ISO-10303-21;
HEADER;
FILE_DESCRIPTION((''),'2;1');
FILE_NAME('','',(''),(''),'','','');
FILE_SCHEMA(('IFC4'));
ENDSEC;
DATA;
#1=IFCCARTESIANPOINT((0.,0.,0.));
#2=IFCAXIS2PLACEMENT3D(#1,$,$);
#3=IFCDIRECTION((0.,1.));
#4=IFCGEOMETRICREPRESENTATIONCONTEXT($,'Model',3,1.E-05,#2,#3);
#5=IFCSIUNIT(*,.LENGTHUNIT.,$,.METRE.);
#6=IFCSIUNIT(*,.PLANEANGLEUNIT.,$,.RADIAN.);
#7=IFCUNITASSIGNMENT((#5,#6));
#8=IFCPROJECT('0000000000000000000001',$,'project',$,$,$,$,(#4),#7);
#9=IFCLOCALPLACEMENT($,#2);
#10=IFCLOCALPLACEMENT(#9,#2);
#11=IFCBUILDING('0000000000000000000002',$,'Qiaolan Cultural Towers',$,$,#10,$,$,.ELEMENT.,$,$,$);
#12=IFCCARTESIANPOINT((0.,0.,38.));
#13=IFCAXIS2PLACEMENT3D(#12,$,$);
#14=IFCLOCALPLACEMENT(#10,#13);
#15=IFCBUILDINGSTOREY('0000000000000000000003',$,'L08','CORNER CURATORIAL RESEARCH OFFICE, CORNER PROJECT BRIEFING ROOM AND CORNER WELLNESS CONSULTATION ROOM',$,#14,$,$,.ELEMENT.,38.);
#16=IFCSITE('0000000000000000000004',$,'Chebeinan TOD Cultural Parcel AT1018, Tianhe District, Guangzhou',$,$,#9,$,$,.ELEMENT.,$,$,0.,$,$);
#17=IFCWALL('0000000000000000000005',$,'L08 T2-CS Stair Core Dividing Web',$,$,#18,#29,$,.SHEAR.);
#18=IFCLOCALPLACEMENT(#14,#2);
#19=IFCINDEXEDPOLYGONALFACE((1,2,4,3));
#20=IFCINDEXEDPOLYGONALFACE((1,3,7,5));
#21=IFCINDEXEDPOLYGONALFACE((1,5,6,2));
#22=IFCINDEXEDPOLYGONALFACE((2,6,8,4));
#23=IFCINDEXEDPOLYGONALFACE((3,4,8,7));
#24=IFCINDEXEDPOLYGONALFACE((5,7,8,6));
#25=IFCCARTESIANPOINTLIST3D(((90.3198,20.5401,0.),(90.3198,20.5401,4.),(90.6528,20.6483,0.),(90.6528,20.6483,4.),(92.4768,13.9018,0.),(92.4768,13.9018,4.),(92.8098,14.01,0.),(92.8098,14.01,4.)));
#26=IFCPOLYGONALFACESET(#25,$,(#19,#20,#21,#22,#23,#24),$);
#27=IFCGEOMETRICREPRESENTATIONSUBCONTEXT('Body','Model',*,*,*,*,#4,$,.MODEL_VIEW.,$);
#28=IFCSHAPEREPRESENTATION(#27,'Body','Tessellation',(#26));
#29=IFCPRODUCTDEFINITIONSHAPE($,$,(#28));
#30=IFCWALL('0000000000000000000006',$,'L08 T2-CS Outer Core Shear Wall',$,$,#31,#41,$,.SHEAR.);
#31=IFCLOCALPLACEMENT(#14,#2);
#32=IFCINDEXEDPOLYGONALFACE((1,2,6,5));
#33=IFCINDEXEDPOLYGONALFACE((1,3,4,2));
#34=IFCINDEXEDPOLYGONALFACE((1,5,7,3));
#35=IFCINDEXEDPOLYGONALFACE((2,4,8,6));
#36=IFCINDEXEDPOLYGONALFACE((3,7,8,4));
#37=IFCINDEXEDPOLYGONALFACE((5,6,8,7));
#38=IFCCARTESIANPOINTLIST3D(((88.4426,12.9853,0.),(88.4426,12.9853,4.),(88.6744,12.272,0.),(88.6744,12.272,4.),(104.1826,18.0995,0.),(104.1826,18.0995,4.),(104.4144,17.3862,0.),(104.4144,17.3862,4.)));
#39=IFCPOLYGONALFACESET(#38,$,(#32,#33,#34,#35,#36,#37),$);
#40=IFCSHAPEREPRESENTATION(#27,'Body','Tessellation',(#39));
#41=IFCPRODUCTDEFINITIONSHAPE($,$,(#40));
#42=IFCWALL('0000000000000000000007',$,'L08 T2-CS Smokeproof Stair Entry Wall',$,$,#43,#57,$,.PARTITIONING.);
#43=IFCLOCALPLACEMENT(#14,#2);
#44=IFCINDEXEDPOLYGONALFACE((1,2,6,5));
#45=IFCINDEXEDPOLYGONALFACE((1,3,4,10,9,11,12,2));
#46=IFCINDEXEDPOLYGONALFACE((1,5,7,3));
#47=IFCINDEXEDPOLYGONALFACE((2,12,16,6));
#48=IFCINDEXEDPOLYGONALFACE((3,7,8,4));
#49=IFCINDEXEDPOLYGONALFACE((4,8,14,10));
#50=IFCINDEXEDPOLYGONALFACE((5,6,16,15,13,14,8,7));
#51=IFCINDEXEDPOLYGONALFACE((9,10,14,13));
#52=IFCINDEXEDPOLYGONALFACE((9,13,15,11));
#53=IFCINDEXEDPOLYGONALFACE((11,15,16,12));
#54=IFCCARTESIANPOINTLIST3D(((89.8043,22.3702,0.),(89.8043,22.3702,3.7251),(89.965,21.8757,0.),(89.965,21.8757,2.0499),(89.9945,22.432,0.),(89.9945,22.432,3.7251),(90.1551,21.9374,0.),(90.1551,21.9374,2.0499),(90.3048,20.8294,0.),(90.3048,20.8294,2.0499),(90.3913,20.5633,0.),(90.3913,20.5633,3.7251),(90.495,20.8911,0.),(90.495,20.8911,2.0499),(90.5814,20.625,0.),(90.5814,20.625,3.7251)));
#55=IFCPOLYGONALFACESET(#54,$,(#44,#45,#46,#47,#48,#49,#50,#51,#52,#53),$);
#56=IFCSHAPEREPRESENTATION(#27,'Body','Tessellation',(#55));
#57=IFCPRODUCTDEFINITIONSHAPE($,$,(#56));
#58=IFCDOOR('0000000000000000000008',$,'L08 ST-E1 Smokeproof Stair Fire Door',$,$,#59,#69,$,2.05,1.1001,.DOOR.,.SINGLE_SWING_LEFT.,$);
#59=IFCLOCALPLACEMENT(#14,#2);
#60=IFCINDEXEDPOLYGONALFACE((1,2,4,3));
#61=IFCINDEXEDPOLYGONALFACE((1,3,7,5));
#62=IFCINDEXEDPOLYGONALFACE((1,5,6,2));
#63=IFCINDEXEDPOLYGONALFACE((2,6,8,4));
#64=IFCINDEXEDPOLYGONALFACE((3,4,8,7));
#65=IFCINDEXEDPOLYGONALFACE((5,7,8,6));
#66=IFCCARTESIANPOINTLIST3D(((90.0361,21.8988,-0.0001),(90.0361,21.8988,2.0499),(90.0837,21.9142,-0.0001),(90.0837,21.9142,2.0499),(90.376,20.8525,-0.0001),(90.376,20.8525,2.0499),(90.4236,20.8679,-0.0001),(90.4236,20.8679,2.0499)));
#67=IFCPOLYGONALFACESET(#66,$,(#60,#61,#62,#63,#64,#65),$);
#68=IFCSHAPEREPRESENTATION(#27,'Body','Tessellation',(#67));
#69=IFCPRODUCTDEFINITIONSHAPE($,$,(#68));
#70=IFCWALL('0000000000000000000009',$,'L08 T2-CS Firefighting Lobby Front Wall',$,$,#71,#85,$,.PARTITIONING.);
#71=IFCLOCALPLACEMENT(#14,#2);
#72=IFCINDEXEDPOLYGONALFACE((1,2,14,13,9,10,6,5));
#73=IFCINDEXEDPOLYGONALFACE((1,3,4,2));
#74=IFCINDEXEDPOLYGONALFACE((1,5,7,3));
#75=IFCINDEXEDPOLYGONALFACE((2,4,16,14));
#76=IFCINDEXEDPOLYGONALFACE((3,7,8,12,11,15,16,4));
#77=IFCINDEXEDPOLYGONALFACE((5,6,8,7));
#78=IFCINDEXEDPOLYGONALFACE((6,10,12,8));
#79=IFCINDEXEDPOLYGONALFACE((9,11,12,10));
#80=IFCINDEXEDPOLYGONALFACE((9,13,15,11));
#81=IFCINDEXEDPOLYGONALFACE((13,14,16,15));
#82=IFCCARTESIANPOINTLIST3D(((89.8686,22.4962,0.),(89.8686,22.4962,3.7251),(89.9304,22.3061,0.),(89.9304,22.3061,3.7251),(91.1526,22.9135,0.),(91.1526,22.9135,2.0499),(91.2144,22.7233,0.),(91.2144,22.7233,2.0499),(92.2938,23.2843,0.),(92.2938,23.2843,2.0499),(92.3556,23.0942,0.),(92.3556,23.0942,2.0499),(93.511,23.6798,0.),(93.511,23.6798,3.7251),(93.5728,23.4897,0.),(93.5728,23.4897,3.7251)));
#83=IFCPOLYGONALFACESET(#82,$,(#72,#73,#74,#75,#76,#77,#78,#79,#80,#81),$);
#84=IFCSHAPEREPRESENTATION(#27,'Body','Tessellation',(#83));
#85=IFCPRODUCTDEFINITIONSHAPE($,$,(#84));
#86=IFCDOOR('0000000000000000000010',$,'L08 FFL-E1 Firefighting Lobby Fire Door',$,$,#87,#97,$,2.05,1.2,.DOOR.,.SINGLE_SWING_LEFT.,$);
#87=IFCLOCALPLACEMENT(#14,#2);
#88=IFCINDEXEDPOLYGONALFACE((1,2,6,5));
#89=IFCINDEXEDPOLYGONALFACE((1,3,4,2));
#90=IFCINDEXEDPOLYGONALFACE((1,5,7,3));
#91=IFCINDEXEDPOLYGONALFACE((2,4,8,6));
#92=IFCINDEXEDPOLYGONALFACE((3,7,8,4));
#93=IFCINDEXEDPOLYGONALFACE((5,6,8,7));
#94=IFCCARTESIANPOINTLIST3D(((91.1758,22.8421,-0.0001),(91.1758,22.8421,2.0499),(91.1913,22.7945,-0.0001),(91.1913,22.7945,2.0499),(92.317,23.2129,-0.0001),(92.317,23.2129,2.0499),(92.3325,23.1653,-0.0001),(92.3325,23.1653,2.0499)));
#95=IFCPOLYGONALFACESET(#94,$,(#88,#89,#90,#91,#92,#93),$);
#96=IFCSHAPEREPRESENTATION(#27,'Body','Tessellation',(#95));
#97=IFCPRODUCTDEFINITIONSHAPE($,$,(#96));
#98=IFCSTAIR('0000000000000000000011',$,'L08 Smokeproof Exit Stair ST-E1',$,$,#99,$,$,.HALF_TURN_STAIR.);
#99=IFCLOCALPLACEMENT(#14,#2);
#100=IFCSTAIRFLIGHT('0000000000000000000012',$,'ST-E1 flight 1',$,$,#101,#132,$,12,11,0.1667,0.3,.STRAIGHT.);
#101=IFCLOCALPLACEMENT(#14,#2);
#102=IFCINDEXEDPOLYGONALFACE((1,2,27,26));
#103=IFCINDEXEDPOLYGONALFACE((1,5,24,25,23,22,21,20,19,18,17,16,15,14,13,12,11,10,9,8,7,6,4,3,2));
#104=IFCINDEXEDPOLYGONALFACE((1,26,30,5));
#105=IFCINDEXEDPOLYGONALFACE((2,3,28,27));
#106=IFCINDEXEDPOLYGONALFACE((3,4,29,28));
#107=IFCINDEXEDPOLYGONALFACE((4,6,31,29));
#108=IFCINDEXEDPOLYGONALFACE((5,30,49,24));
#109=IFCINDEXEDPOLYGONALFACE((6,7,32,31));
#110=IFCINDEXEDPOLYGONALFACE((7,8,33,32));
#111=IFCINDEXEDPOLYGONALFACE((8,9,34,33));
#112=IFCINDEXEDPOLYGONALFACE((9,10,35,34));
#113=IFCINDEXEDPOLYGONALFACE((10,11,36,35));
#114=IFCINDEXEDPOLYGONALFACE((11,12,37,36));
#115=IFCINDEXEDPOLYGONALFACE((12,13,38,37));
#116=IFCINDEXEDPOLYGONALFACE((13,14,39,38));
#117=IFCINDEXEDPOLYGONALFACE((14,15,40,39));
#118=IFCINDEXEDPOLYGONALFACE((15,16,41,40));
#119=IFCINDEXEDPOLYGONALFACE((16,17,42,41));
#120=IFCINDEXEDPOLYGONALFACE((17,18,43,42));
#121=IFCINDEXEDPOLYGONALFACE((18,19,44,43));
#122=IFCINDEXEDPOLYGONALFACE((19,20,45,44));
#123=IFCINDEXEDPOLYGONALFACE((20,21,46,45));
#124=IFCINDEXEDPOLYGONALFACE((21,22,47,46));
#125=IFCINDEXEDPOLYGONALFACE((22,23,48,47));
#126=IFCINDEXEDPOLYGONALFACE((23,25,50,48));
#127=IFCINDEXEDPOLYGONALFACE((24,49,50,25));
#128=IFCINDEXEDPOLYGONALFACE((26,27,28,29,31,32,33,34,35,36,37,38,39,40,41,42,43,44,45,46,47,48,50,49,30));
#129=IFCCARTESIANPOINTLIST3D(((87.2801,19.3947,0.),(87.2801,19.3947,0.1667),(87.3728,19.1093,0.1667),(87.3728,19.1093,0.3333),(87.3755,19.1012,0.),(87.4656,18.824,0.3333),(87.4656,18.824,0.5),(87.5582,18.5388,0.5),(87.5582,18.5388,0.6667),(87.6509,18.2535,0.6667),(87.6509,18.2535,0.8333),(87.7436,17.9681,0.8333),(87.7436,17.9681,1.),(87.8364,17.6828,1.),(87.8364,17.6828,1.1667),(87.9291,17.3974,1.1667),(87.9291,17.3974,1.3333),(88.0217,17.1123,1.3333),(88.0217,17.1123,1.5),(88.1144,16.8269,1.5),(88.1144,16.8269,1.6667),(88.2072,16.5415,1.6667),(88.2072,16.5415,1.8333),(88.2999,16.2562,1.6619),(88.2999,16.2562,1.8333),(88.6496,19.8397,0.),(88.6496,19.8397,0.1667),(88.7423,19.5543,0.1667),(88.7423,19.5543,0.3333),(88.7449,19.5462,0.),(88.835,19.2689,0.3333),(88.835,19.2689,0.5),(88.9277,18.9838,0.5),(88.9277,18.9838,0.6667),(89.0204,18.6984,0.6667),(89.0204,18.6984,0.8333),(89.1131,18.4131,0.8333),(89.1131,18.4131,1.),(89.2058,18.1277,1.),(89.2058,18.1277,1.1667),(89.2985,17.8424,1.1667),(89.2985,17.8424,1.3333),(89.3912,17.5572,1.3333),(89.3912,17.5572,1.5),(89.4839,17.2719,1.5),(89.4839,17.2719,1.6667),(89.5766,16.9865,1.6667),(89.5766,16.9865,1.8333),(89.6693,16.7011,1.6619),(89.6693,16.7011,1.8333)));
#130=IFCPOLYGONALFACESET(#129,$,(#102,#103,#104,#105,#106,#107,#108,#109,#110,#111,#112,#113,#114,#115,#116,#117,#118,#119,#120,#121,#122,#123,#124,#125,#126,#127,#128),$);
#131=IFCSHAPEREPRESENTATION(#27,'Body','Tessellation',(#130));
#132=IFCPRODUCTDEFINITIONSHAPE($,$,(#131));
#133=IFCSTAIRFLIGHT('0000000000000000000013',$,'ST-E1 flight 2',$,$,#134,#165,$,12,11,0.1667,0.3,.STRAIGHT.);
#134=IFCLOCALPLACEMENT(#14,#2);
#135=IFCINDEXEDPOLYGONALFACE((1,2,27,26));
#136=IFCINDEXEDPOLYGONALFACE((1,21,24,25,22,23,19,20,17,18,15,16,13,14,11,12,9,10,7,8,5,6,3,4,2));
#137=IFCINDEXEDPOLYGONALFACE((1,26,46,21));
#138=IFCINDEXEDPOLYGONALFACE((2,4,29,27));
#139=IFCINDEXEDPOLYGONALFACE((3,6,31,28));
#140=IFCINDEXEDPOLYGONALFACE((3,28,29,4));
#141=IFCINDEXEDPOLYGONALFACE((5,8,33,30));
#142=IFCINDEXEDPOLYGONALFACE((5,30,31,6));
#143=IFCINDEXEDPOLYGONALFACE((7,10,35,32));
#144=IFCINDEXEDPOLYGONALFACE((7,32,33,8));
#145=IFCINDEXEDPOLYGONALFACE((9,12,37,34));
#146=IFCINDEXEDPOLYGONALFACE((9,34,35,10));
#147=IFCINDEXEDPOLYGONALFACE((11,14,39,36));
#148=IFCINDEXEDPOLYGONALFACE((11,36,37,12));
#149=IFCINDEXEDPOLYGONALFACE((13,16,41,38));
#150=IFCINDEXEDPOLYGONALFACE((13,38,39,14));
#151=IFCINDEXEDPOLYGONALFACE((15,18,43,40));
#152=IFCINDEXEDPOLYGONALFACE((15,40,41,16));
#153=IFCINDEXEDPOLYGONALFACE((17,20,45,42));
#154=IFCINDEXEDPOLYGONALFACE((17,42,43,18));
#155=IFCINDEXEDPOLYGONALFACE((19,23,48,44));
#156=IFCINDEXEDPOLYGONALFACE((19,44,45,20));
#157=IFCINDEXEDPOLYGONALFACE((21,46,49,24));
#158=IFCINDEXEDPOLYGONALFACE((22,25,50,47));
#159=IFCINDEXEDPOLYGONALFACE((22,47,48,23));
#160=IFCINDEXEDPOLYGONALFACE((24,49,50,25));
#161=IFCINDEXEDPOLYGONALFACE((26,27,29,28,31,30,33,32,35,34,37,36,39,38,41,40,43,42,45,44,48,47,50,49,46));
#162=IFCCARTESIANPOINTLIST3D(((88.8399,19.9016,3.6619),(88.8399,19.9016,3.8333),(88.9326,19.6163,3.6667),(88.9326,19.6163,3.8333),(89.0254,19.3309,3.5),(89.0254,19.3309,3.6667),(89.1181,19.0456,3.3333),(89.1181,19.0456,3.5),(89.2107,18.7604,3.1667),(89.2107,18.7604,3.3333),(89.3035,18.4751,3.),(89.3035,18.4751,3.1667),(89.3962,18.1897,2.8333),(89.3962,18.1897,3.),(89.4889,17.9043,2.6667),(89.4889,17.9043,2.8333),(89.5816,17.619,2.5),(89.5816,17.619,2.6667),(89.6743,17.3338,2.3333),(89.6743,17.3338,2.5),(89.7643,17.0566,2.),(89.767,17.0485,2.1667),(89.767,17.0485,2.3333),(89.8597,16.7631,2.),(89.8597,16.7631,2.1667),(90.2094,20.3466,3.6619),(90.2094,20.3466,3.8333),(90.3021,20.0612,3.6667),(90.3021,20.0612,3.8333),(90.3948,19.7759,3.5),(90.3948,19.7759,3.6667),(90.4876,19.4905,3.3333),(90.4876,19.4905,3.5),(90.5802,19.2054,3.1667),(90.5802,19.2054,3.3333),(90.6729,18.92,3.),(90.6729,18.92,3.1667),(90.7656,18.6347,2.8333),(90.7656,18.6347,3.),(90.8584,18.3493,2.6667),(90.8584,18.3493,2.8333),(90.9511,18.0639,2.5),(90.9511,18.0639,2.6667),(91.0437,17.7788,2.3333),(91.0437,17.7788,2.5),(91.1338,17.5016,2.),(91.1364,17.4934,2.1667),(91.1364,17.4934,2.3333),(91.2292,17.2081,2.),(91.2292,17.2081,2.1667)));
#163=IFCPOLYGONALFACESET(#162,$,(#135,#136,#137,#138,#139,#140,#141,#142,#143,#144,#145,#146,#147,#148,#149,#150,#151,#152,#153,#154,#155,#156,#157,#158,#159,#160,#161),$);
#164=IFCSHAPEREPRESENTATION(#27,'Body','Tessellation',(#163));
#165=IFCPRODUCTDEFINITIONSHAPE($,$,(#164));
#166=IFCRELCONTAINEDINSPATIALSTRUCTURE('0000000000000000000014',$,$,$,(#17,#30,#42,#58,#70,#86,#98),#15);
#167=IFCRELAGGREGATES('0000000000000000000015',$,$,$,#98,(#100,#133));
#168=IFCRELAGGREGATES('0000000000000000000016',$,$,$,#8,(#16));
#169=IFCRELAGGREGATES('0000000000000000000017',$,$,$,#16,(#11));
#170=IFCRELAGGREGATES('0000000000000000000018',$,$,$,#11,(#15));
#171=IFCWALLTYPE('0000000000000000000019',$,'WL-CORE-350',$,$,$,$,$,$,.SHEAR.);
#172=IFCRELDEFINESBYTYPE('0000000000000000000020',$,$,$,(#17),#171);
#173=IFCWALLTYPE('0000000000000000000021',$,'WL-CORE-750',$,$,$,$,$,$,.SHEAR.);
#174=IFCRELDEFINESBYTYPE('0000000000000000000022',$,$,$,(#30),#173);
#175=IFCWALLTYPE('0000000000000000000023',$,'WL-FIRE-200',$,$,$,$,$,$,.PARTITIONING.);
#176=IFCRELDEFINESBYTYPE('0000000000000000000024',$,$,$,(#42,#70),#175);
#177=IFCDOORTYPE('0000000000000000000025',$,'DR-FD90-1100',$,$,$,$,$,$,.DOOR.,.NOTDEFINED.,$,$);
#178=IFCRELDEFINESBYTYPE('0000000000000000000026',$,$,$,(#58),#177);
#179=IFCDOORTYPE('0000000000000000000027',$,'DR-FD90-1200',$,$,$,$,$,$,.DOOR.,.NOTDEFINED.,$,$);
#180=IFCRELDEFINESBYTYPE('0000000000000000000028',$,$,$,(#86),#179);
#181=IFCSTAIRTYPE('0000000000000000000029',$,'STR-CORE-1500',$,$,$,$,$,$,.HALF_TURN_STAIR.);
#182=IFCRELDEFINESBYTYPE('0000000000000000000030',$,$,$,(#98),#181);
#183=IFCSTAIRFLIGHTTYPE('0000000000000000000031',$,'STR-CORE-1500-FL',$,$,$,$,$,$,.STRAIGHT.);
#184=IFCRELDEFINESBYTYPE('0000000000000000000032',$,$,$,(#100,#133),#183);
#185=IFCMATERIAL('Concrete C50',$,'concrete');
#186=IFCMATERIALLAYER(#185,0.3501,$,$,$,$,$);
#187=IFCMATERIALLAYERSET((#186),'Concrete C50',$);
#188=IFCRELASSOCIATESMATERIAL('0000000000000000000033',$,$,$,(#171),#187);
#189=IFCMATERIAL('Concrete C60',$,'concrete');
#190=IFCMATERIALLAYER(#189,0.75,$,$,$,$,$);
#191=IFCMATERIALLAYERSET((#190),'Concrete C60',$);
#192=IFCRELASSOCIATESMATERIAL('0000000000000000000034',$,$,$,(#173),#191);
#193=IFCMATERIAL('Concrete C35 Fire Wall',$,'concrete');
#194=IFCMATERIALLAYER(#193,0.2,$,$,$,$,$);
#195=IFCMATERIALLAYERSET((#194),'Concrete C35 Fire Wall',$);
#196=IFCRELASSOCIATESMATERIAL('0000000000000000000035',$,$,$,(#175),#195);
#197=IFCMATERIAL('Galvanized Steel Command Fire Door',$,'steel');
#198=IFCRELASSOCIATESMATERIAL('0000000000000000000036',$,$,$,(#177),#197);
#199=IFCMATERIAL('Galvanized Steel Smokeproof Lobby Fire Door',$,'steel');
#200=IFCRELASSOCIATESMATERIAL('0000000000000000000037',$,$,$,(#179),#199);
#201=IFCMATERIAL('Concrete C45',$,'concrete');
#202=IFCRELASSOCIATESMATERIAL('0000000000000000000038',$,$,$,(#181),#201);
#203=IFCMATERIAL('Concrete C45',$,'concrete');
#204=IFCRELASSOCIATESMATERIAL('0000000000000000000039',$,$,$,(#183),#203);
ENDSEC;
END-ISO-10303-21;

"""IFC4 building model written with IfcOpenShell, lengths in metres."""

from ifc_helpers import new_model, si_unit, direction, frame, frame_2d, origin, place, context, subcontext, project, spatial, polyline, rectangle, outline, extrude, material, layer, layer_set, type_object, element, fill, aggregate, save


model = new_model("IFC4")

# Units and contexts
model_context = context("Model", 3, precision=1e-05, world=origin(), true_north=direction((0.0, 1.0)))
body_context = subcontext(model_context, "Body", "Model", "MODEL_VIEW")
ifc_project = project(units=[si_unit("LENGTHUNIT", "METRE"), si_unit("PLANEANGLEUNIT", "RADIAN")], contexts=[model_context])

# Site, building, storey
site_placement = place(None, origin())
site = spatial("IfcSite", under=ifc_project, at=site_placement, Name="Chebeinan TOD Cultural Parcel AT1018, Tianhe District, Guangzhou", CompositionType="ELEMENT", RefElevation=0.0)
building_placement = place(site_placement, origin())
building = spatial("IfcBuilding", under=site, at=building_placement, Name="Qiaolan Cultural Towers", CompositionType="ELEMENT")
storey_placement = place(building_placement, frame((0.0, 0.0, 38.0)))
storey = spatial("IfcBuildingStorey", under=building, at=storey_placement, Name="L08", Description="CORNER CURATORIAL RESEARCH OFFICE, CORNER PROJECT BRIEFING ROOM AND CORNER WELLNESS CONSULTATION ROOM", CompositionType="ELEMENT", Elevation=38.0)

# Walls
ifc_material_1 = material(Name="Concrete C50", Category="concrete")
ifc_layer_1 = layer(ifc_material_1, 0.3501)
ifc_layer_set_1 = layer_set([ifc_layer_1], Name="Concrete C50")
wall_type_1 = type_object("IfcWallType", Name="WL-CORE-350", PredefinedType="SHEAR", material=ifc_layer_set_1)
wall_1_placement = place(storey_placement, frame((90.4863, 20.5942, 0.0), z_axis=(0.0, 0.0, 1.0), x_axis=(0.30902, -0.951055, 0.0)))
element("IfcWall", 1, at=wall_1_placement, inside=storey, type_object=wall_type_1, Name="L08 T2-CS Stair Core Dividing Web", PredefinedType="SHEAR", context=body_context, shape_type="SweptSolid", body=[
    extrude(rectangle(XDim=6.98, YDim=0.3501, at=frame_2d((3.49, 0.0))), origin(), (0.0, 0.0, 1.0), 4.0),
])
ifc_material_2 = material(Name="Concrete C60", Category="concrete")
ifc_layer_2 = layer(ifc_material_2, 0.75)
ifc_layer_set_2 = layer_set([ifc_layer_2], Name="Concrete C60")
wall_type_2 = type_object("IfcWallType", Name="WL-CORE-750", PredefinedType="SHEAR", material=ifc_layer_set_2)
wall_2_placement = place(storey_placement, frame((88.5586, 12.6287, 0.0), z_axis=(0.0, 0.0, 1.0), x_axis=(0.951056, 0.309018, 0.0)))
element("IfcWall", 2, at=wall_2_placement, inside=storey, type_object=wall_type_2, Name="L08 T2-CS Outer Core Shear Wall", PredefinedType="SHEAR", context=body_context, shape_type="SweptSolid", body=[
    extrude(rectangle(XDim=16.55, YDim=0.75, at=frame_2d((8.2749, 0.0))), origin(), (0.0, 0.0, 1.0), 4.0),
])

# Walls, openings, doors
ifc_material_3 = material(Name="Concrete C35 Fire Wall", Category="concrete")
ifc_layer_3 = layer(ifc_material_3, 0.2)
ifc_layer_set_3 = layer_set([ifc_layer_3], Name="Concrete C35 Fire Wall")
wall_type_3 = type_object("IfcWallType", Name="WL-FIRE-200", PredefinedType="PARTITIONING", material=ifc_layer_set_3)
wall_3_placement = place(storey_placement, frame((89.8994, 22.4011, 0.0), z_axis=(0.0, 0.0, 1.0), x_axis=(0.308932, -0.951084, 0.0)))
wall_3 = element("IfcWall", 3, at=wall_3_placement, inside=storey, type_object=wall_type_3, Name="L08 T2-CS Smokeproof Stair Entry Wall", PredefinedType="PARTITIONING", context=body_context, shape_type="SweptSolid", body=[
    extrude(rectangle(XDim=1.8999, YDim=0.2, at=frame_2d((0.95, 0.0))), origin(), (0.0, 0.0, 1.0), 3.7251),
])
opening_1_placement = place(wall_3_placement, frame((0.52, 0.0, 0.0)))
opening_1 = element("IfcOpeningElement", 4, at=opening_1_placement, cuts=wall_3, PredefinedType="OPENING", context=body_context, shape_type="SweptSolid", body=[
    extrude(rectangle(XDim=1.1001, YDim=2.05, at=frame_2d((0.55, 1.0249))), frame((0.0, 0.1099, 0.0), z_axis=(0.0, -1.0, 0.0), x_axis=(1.0, 0.0, 0.0)), (0.0, 0.0, 1.0), 0.22),
])
ifc_material_4 = material(Name="Galvanized Steel Command Fire Door", Category="steel")
door_type_1 = type_object("IfcDoorType", Name="DR-FD90-1100", OperationType="NOTDEFINED", PredefinedType="DOOR", material=ifc_material_4)
door_1_placement = place(opening_1_placement, origin())
door_1 = element("IfcDoor", 5, at=door_1_placement, inside=storey, type_object=door_type_1, Name="L08 ST-E1 Smokeproof Stair Fire Door", OperationType="SINGLE_SWING_LEFT", OverallHeight=2.05, OverallWidth=1.1001, PredefinedType="DOOR", context=body_context, shape_type="SweptSolid", body=[
    extrude(rectangle(XDim=1.1001, YDim=2.05, at=frame_2d((0.55, 1.0249))), frame((0.0, 0.0249, 0.0), z_axis=(0.0, -1.0, 0.0), x_axis=(1.0, 0.0, 0.0)), (0.0, 0.0, 1.0), 0.05),
])
fill(opening_1, door_1)
wall_4_placement = place(storey_placement, frame((89.8994, 22.4011, 0.0), z_axis=(0.0, 0.0, 1.0), x_axis=(0.951047, 0.309047, 0.0)))
wall_4 = element("IfcWall", 6, at=wall_4_placement, inside=storey, type_object=wall_type_3, Name="L08 T2-CS Firefighting Lobby Front Wall", PredefinedType="PARTITIONING", context=body_context, shape_type="SweptSolid", body=[
    extrude(rectangle(XDim=3.8298, YDim=0.2, at=frame_2d((1.915, 0.0))), origin(), (0.0, 0.0, 1.0), 3.7251),
])
opening_2_placement = place(wall_4_placement, frame((1.3501, 0.0, 0.0)))
opening_2 = element("IfcOpeningElement", 7, at=opening_2_placement, cuts=wall_4, PredefinedType="OPENING", context=body_context, shape_type="SweptSolid", body=[
    extrude(rectangle(XDim=1.2, YDim=2.05, at=frame_2d((0.6001, 1.0249))), frame((0.0, 0.1099, 0.0), z_axis=(0.0, -1.0, 0.0), x_axis=(1.0, 0.0, 0.0)), (0.0, 0.0, 1.0), 0.22),
])
ifc_material_5 = material(Name="Galvanized Steel Smokeproof Lobby Fire Door", Category="steel")
door_type_2 = type_object("IfcDoorType", Name="DR-FD90-1200", OperationType="NOTDEFINED", PredefinedType="DOOR", material=ifc_material_5)
door_2_placement = place(opening_2_placement, origin())
door_2 = element("IfcDoor", 8, at=door_2_placement, inside=storey, type_object=door_type_2, Name="L08 FFL-E1 Firefighting Lobby Fire Door", OperationType="SINGLE_SWING_LEFT", OverallHeight=2.05, OverallWidth=1.2, PredefinedType="DOOR", context=body_context, shape_type="SweptSolid", body=[
    extrude(rectangle(XDim=1.2, YDim=2.05, at=frame_2d((0.6001, 1.0249))), frame((0.0, 0.0249, 0.0), z_axis=(0.0, -1.0, 0.0), x_axis=(1.0, 0.0, 0.0)), (0.0, 0.0, 1.0), 0.05),
])
fill(opening_2, door_2)

# Stair, stair flights
ifc_material_6 = material(Name="Concrete C45", Category="concrete")
stair_type = type_object("IfcStairType", Name="STR-CORE-1500", PredefinedType="HALF_TURN_STAIR", material=ifc_material_6)
stair_placement = place(storey_placement, origin())
stair = element("IfcStair", 9, at=stair_placement, inside=storey, type_object=stair_type, Name="L08 Smokeproof Exit Stair ST-E1", PredefinedType="HALF_TURN_STAIR")
ifc_material_7 = material(Name="Concrete C45", Category="concrete")
stair_flight_type = type_object("IfcStairFlightType", Name="STR-CORE-1500-FL", PredefinedType="STRAIGHT", material=ifc_material_7)
stair_flight_1_placement = place(storey_placement, frame((87.9648, 19.6172, 0.0), z_axis=(0.0, 0.0, 1.0), x_axis=(0.309017, -0.951057, 0.0)))
stair_flight_1 = element("IfcStairFlight", 10, at=stair_flight_1_placement, type_object=stair_flight_type, Name="ST-E1 flight 1", NumberOfRisers=12, NumberOfTreads=11, PredefinedType="STRAIGHT", RiserHeight=0.1667, TreadLength=0.3, context=body_context, shape_type="SweptSolid", body=[
    extrude(outline(polyline([(0.0, 0.0), (0.0, 0.1667), (0.3, 0.1667), (0.3, 0.3333), (0.6001, 0.3333), (0.6001, 0.5), (0.8999, 0.5), (0.8999, 0.6667), (1.2, 0.6667), (1.2, 0.8333), (1.5, 0.8333), (1.5, 1.0), (1.8, 1.0), (1.8, 1.1667), (2.1001, 1.1667), (2.1001, 1.3333), (2.3999, 1.3333), (2.3999, 1.5), (2.7, 1.5), (2.7, 1.6667), (3.0, 1.6667), (3.0, 1.8333), (3.3, 1.8333), (3.3, 2.0), (3.3, 1.6619), (0.3086, 0.0), (0.0, 0.0)])), frame((0.0, 0.72, 0.0), z_axis=(0.0, -1.0, 0.0), x_axis=(1.0, 0.0, 0.0)), (0.0, 0.0, 1.0), 1.4399),
])
stair_flight_2_placement = place(storey_placement, frame((90.5444, 16.9856, 2.0), z_axis=(0.0, 0.0, 1.0), x_axis=(-0.309017, 0.951057, 0.0)))
stair_flight_2 = element("IfcStairFlight", 11, at=stair_flight_2_placement, type_object=stair_flight_type, Name="ST-E1 flight 2", NumberOfRisers=12, NumberOfTreads=11, PredefinedType="STRAIGHT", RiserHeight=0.1667, TreadLength=0.3, context=body_context, shape_type="SweptSolid", body=[
    extrude(outline(polyline([(0.0, 0.0), (0.0, 0.1667), (0.3, 0.1667), (0.3, 0.3333), (0.6001, 0.3333), (0.6001, 0.5), (0.8999, 0.5), (0.8999, 0.6667), (1.2, 0.6667), (1.2, 0.8333), (1.5, 0.8333), (1.5, 1.0), (1.8, 1.0), (1.8, 1.1667), (2.1001, 1.1667), (2.1001, 1.3333), (2.3999, 1.3333), (2.3999, 1.5), (2.7, 1.5), (2.7, 1.6667), (3.0, 1.6667), (3.0, 1.8333), (3.3, 1.8333), (3.3, 2.0), (3.3, 1.6619), (0.3086, 0.0), (0.0, 0.0)])), frame((0.0, 0.72, 0.0), z_axis=(0.0, -1.0, 0.0), x_axis=(1.0, 0.0, 0.0)), (0.0, 0.0, 1.0), 1.4399),
])
aggregate(stair, [stair_flight_1, stair_flight_2])

save(model, "model.ifc")
